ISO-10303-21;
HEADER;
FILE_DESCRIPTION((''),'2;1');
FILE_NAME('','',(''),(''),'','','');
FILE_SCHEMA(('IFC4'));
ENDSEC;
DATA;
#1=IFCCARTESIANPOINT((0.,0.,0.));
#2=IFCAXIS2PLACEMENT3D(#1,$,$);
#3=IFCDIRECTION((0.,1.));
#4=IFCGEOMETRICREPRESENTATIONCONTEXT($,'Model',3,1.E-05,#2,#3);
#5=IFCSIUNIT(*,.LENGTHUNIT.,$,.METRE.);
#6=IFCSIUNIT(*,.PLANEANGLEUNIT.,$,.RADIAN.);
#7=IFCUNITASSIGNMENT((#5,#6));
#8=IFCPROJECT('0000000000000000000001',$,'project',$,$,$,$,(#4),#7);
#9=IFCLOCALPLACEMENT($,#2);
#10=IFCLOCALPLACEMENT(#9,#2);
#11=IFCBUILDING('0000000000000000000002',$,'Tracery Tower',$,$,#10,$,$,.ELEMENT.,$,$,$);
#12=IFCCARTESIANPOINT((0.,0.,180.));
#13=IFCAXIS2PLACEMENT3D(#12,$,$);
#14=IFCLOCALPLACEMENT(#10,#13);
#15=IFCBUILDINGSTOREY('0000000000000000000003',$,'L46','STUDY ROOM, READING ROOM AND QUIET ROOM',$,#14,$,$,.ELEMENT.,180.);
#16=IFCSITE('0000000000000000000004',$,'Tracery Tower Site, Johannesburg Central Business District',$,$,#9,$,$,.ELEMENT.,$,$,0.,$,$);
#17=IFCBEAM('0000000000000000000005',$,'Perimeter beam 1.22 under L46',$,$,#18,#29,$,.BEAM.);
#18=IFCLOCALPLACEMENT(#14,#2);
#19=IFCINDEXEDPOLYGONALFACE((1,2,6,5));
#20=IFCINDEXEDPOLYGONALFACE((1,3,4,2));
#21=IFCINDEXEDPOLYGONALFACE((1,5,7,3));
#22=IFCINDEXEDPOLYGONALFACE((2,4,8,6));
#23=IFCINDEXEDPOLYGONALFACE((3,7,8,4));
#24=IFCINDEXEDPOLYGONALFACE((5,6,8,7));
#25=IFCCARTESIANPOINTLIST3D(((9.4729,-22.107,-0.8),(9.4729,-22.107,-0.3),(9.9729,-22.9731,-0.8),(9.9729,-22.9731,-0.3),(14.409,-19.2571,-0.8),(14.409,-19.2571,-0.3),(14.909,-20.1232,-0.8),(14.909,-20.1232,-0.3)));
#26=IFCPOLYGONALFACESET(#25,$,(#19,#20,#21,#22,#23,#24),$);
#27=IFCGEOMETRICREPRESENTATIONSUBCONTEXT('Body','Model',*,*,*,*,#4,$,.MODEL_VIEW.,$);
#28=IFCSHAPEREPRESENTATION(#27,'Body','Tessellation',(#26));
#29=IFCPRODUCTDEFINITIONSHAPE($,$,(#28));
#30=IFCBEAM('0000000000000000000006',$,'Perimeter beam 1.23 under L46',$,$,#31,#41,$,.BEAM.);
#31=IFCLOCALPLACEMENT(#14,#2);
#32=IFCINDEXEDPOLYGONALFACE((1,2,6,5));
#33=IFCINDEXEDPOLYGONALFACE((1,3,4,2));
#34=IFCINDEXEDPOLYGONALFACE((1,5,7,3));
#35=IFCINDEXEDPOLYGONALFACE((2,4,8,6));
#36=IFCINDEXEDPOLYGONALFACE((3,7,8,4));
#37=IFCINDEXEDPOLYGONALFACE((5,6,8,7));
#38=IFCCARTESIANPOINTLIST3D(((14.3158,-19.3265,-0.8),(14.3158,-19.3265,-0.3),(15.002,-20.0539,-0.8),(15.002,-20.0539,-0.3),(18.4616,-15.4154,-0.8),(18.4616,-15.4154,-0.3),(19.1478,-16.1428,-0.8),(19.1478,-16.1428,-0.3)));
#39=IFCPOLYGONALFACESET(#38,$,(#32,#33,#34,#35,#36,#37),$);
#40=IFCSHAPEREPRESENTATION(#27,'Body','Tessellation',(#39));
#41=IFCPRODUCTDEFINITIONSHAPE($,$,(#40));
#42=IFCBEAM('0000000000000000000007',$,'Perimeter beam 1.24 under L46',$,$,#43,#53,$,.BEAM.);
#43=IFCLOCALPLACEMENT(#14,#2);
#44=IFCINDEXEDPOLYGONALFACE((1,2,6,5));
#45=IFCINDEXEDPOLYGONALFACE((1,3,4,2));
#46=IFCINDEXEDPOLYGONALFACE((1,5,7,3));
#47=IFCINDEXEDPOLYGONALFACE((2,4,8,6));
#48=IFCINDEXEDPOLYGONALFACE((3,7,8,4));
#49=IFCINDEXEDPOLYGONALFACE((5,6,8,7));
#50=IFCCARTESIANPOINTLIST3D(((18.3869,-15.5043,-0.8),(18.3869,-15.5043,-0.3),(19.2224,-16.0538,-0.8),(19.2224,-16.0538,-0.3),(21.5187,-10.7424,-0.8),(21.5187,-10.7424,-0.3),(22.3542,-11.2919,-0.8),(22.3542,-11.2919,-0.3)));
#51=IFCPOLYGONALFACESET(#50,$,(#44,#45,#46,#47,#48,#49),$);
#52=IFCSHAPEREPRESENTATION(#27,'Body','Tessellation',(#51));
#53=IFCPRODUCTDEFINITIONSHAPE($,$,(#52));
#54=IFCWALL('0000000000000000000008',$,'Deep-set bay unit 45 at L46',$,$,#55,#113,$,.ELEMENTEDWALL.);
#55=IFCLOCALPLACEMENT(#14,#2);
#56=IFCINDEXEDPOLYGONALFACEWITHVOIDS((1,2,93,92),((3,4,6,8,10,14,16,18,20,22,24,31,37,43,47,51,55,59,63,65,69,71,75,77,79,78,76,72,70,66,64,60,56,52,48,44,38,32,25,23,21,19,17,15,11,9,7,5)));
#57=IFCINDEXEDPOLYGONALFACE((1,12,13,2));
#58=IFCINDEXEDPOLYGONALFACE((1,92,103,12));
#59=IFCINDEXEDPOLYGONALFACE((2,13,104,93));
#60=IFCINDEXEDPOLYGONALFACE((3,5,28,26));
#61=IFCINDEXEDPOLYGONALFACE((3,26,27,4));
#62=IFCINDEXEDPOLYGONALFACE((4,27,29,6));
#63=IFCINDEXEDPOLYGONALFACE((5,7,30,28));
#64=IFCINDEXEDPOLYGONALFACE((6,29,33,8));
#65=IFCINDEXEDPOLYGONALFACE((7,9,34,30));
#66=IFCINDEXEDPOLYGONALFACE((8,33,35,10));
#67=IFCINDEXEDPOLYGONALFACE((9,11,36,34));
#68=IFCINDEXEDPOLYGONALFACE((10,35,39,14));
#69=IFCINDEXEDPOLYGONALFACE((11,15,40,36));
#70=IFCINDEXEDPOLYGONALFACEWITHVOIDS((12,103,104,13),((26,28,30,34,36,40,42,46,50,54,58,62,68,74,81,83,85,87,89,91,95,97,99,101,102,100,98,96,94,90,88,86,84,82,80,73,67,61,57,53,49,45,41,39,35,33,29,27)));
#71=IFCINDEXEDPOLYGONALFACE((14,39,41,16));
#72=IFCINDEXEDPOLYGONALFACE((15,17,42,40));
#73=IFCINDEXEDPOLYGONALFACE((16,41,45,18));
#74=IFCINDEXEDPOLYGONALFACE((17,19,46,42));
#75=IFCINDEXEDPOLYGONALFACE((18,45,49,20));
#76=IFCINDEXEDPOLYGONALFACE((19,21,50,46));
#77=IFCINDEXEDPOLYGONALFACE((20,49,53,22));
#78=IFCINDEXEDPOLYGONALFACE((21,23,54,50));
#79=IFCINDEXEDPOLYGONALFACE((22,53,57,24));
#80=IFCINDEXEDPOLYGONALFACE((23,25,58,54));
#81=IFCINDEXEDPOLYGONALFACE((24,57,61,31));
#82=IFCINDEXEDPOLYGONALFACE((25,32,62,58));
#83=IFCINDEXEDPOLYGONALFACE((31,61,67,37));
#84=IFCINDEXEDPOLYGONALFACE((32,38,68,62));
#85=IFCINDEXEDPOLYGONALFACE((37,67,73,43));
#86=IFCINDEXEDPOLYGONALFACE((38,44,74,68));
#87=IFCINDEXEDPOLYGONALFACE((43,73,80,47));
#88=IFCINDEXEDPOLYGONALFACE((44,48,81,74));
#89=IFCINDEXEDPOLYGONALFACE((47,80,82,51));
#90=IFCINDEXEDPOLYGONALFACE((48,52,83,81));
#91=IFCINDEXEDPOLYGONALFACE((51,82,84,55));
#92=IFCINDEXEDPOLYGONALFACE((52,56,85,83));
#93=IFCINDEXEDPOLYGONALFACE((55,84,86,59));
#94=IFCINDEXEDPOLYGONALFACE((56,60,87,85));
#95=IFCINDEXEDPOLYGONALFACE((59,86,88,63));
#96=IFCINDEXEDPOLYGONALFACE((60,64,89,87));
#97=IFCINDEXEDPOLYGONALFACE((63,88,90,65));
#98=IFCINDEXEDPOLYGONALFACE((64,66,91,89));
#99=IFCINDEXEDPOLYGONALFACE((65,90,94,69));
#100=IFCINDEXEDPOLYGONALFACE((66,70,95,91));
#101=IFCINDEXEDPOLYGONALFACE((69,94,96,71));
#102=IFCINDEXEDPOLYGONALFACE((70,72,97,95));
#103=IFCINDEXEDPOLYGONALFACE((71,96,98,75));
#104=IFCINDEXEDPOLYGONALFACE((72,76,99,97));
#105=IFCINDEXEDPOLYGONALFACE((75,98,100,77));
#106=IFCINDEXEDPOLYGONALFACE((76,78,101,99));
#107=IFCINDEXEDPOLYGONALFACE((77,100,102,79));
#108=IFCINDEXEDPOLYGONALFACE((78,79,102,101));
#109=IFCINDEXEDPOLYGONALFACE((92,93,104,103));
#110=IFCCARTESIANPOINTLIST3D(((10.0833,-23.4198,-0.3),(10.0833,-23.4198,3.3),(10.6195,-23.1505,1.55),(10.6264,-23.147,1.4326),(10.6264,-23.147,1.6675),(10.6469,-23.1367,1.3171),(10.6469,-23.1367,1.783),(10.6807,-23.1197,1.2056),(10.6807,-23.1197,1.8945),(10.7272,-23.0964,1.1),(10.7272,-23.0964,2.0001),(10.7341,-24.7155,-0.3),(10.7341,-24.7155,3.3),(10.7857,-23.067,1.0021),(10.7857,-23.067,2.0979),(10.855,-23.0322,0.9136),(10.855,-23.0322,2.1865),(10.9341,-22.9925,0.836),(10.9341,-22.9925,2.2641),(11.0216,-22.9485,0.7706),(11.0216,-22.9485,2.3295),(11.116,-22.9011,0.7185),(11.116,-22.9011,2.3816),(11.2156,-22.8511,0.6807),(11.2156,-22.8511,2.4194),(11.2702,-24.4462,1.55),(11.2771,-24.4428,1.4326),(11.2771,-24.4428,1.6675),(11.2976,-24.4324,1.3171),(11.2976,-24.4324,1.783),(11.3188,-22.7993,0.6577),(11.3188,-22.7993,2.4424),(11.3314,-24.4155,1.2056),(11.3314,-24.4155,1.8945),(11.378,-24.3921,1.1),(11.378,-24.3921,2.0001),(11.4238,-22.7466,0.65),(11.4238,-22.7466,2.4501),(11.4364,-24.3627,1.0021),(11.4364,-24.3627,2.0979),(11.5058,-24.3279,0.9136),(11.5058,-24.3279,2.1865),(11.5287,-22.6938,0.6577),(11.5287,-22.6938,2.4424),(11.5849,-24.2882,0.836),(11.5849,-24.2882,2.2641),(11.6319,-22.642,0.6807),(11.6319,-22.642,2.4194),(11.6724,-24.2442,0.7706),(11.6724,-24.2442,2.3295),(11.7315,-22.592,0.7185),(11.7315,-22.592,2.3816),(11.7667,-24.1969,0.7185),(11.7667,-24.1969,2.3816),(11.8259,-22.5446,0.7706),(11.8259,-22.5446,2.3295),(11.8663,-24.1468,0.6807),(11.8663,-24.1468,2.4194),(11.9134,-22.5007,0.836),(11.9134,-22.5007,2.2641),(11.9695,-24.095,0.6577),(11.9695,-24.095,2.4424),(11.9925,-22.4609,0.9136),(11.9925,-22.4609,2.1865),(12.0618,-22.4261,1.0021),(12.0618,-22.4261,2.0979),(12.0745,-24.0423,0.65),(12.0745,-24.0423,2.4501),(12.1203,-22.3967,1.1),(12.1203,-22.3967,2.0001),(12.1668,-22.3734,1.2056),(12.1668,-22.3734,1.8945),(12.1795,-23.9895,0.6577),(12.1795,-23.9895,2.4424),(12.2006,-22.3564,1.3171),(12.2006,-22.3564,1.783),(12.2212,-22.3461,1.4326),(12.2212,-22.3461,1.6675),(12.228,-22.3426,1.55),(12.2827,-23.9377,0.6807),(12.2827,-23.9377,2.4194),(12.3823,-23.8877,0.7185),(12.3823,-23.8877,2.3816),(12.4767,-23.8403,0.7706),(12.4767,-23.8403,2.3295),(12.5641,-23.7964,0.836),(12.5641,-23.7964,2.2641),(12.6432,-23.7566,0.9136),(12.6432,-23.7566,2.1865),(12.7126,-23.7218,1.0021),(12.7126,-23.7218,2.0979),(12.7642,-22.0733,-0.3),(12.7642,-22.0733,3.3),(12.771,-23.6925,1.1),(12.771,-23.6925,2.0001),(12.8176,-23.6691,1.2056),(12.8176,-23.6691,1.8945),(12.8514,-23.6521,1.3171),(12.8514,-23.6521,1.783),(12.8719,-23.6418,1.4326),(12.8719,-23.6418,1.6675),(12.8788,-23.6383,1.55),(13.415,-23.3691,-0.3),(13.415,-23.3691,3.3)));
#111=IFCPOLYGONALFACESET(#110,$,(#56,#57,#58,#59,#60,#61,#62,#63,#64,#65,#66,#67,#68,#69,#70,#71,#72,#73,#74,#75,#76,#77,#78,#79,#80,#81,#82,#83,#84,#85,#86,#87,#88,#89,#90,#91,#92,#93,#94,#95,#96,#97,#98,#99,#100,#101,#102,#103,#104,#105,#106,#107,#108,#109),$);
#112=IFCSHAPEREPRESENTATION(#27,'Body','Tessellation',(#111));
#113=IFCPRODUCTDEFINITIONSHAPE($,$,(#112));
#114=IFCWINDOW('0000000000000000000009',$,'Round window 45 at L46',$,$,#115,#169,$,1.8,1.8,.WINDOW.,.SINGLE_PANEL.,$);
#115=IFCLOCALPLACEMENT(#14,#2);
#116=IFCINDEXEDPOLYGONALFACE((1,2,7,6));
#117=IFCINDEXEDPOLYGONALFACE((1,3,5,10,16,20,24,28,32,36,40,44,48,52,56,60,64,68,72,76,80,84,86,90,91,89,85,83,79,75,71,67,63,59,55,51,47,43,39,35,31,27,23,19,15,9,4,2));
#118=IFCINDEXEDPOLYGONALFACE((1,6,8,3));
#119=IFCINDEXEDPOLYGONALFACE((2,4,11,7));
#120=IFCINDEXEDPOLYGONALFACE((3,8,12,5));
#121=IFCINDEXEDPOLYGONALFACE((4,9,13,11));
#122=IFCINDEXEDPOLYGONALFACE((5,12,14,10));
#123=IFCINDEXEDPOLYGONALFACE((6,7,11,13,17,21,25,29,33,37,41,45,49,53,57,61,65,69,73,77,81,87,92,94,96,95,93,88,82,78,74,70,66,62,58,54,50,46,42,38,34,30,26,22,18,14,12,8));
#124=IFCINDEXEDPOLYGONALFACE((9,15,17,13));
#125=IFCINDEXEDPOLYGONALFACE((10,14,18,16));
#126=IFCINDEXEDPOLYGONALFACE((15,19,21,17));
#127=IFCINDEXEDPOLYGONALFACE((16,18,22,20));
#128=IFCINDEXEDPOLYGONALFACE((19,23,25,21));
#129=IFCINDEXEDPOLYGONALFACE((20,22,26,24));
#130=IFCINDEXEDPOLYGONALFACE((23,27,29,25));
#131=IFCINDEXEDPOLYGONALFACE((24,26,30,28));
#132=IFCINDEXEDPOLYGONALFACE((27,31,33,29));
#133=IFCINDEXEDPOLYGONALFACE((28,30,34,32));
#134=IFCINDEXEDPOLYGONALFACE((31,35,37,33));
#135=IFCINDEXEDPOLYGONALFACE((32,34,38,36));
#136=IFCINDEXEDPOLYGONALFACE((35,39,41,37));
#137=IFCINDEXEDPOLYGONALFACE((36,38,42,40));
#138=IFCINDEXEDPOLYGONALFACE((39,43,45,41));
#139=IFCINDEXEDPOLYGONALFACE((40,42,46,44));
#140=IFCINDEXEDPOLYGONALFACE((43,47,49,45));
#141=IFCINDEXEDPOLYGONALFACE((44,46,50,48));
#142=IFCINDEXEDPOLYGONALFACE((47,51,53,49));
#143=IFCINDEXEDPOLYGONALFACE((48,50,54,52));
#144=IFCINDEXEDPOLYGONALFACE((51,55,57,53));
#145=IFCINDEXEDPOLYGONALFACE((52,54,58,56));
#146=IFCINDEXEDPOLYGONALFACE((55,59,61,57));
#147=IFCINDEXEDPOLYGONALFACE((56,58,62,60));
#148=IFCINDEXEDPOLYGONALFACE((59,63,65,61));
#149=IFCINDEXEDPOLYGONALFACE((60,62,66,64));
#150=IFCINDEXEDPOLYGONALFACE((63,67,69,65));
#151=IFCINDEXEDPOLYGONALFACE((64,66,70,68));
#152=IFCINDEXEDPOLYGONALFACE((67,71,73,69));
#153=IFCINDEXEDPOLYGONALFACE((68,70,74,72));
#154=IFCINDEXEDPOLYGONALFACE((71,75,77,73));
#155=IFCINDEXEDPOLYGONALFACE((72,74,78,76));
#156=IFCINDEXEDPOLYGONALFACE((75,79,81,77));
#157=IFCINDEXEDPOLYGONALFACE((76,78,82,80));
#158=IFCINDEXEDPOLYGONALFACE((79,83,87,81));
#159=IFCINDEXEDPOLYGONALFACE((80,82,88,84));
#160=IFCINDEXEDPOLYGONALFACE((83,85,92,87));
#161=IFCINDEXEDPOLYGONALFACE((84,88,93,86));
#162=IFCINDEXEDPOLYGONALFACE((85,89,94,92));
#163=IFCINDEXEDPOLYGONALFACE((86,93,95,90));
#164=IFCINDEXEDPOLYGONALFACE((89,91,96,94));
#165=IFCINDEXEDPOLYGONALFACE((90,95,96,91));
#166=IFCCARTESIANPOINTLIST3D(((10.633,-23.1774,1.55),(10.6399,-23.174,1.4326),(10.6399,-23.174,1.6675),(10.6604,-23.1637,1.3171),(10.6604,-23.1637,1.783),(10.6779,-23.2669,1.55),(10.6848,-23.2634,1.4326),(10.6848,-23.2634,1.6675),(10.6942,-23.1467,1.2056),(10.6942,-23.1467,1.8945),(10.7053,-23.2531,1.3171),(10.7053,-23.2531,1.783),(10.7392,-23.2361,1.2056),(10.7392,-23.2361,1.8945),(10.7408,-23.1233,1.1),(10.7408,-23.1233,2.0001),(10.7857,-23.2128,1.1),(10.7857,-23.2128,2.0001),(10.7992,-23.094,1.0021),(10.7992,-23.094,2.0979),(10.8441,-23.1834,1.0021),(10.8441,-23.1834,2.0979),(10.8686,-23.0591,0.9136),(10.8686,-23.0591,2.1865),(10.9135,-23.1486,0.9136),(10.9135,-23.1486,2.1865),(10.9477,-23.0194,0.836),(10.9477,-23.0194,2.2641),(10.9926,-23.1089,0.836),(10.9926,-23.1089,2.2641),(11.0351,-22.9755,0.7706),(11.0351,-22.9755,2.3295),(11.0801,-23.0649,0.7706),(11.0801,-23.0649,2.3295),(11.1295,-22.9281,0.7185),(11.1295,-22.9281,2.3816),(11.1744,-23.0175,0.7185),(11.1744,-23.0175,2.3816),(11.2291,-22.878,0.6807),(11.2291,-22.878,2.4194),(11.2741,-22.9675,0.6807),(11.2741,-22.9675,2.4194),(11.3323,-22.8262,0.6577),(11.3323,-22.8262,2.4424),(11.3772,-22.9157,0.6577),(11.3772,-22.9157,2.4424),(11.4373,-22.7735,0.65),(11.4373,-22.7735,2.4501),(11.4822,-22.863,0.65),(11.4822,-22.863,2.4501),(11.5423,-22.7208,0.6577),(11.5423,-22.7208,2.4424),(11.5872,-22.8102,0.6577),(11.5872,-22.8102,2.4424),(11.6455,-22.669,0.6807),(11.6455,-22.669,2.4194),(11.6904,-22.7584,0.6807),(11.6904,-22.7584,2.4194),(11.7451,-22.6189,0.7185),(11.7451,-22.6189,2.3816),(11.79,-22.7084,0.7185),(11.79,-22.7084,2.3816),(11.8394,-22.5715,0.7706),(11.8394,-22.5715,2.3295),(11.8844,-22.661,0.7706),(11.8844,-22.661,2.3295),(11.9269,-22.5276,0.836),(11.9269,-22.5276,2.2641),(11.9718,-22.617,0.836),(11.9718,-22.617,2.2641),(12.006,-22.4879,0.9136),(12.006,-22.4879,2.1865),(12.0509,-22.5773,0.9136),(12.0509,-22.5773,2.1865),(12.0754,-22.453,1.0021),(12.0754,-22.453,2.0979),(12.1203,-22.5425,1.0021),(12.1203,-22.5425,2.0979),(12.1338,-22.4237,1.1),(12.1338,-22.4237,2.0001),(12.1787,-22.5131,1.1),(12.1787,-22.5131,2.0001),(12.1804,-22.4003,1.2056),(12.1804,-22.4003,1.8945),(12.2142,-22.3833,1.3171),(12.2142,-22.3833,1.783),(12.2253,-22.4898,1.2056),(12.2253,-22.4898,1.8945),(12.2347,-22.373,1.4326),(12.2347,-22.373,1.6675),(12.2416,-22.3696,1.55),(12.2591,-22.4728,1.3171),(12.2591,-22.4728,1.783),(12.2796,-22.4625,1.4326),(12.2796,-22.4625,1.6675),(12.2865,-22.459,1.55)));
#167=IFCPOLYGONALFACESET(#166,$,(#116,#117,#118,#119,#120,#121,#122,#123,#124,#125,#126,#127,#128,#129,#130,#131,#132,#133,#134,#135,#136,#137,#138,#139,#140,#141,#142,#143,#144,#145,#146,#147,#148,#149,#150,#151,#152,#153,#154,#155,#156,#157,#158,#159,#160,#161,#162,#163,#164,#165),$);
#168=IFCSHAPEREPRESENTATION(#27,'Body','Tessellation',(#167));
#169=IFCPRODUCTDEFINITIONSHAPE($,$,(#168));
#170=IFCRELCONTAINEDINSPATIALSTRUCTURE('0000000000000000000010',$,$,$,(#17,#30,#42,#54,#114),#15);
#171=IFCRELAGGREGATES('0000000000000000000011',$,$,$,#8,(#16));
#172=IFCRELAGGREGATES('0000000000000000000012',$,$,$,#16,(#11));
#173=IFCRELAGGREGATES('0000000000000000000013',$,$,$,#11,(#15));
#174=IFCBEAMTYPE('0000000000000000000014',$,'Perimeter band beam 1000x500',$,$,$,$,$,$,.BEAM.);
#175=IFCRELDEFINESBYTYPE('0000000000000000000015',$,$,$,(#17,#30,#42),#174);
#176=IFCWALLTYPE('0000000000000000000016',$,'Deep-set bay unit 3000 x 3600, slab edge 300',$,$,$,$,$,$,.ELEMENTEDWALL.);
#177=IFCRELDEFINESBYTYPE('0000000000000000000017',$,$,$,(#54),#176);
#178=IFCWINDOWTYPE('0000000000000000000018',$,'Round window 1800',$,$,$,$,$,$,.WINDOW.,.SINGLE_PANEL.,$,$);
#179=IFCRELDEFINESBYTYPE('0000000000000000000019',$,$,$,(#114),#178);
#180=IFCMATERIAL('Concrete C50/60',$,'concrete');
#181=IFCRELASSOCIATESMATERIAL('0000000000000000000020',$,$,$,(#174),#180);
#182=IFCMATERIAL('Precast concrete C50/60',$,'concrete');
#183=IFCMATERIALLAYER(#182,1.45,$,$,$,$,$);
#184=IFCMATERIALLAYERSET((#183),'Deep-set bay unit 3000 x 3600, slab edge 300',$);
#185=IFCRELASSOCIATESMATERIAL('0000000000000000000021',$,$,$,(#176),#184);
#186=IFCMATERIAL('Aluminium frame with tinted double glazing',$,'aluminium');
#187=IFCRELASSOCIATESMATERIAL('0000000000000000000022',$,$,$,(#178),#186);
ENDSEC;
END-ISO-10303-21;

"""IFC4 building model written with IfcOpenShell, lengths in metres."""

from ifc_helpers import new_model, si_unit, direction, frame, frame_2d, origin, origin_2d, place, context, subcontext, project, spatial, rectangle, circle, extrude, material, layer, layer_set, material_profile, profile_set, type_object, element, fill, save


model = new_model("IFC4")

# Units and contexts
model_context = context("Model", 3, precision=1e-05, world=origin(), true_north=direction((0.0, 1.0)))
body_context = subcontext(model_context, "Body", "Model", "MODEL_VIEW")
ifc_project = project(units=[si_unit("LENGTHUNIT", "METRE"), si_unit("PLANEANGLEUNIT", "RADIAN")], contexts=[model_context])

# Site, building, storey
site_placement = place(None, origin())
site = spatial("IfcSite", under=ifc_project, at=site_placement, Name="Tracery Tower Site, Johannesburg Central Business District", CompositionType="ELEMENT", RefElevation=0.0)
building_placement = place(site_placement, origin())
building = spatial("IfcBuilding", under=site, at=building_placement, Name="Tracery Tower", CompositionType="ELEMENT")
storey_placement = place(building_placement, frame((0.0, 0.0, 180.0)))
storey = spatial("IfcBuildingStorey", under=building, at=storey_placement, Name="L46", Description="STUDY ROOM, READING ROOM AND QUIET ROOM", CompositionType="ELEMENT", Elevation=180.0)

# Beams
ifc_material_1 = material(Name="Concrete C50/60", Category="concrete")
ifc_material_profile_1 = material_profile(ifc_material_1, rectangle(XDim=1.0, YDim=0.5, at=origin_2d()), Name="RC 1000x500")
ifc_profile_set_1 = profile_set([ifc_material_profile_1], Name="Concrete C50/60")
beam_type = type_object("IfcBeamType", Name="Perimeter band beam 1000x500", PredefinedType="BEAM", material=ifc_profile_set_1)
beam_placement = place(storey_placement, frame((9.7229, -22.54, -0.55), z_axis=(0.866023, 0.500004, 0.0), x_axis=(-0.500004, 0.866023, 0.0)))
element("IfcBeam", 1, at=beam_placement, inside=storey, type_object=beam_type, Name="Perimeter beam 1.22 under L46", PredefinedType="BEAM", context=body_context, shape_type="SweptSolid", body=[
    extrude(rectangle(XDim=1.0, YDim=0.5, at=origin_2d()), origin(), (0.0, 0.0, 1.0), 5.6997),
])
for number, where, z_axis, x_axis, name in (
    (2, (14.6589, -19.6902, -0.55), (0.72739, 0.686225, 0.0), (-0.686225, 0.72739, 0.0), "Perimeter beam 1.23 under L46"),
    (3, (18.8047, -15.7791, -0.55), (0.54949, 0.8355, 0.0), (-0.8355, 0.54949, 0.0), "Perimeter beam 1.24 under L46"),
):
    element("IfcBeam", number, at=place(storey_placement, frame(where, z_axis=z_axis, x_axis=x_axis)), inside=storey, type_object=beam_type, Name=name, PredefinedType="BEAM", context=body_context, shape_type="SweptSolid", body=[
        extrude(rectangle(XDim=1.0, YDim=0.5, at=origin_2d()), origin(), (0.0, 0.0, 1.0), 5.6995),
    ])

# Wall, opening, window
ifc_material_2 = material(Name="Precast concrete C50/60", Category="concrete")
ifc_layer_1 = layer(ifc_material_2, 1.45)
ifc_layer_set_1 = layer_set([ifc_layer_1], Name="Deep-set bay unit 3000 x 3600, slab edge 300")
wall_type_1 = type_object("IfcWallType", Name="Deep-set bay unit 3000 x 3600, slab edge 300", PredefinedType="ELEMENTEDWALL", material=ifc_layer_set_1)
wall_1_placement = place(storey_placement, frame((10.4087, -24.0676, -0.3), z_axis=(0.0, 0.0, 1.0), x_axis=(0.893628, 0.448808, 0.0)))
wall_1 = element("IfcWall", 4, at=wall_1_placement, inside=storey, type_object=wall_type_1, Name="Deep-set bay unit 45 at L46", PredefinedType="ELEMENTEDWALL", context=body_context, shape_type="SweptSolid", body=[
    extrude(rectangle(XDim=3.0, YDim=1.45, at=frame_2d((1.5, 0.0))), origin(), (0.0, 0.0, 1.0), 3.6001),
])
opening_1_placement = place(wall_1_placement, frame((1.5, 0.0, 1.8501)))
opening_1 = element("IfcOpeningElement", 5, at=opening_1_placement, cuts=wall_1, PredefinedType="OPENING", context=body_context, shape_type="SweptSolid", body=[
    extrude(circle(Radius=0.9, at=origin_2d()), frame((0.0, 0.7349, 0.0), z_axis=(0.0, -1.0, 0.0), x_axis=(1.0, 0.0, 0.0)), (0.0, 0.0, 1.0), 1.47),
])
ifc_material_3 = material(Name="Aluminium frame with tinted double glazing", Category="aluminium")
window_type = type_object("IfcWindowType", Name="Round window 1800", PartitioningType="SINGLE_PANEL", PredefinedType="WINDOW", material=ifc_material_3)
window_1_placement = place(opening_1_placement, origin())
window_1 = element("IfcWindow", 6, at=window_1_placement, inside=storey, type_object=window_type, Name="Round window 45 at L46", OverallHeight=1.8, OverallWidth=1.8, PartitioningType="SINGLE_PANEL", PredefinedType="WINDOW", context=body_context, shape_type="SweptSolid", body=[
    extrude(circle(Radius=0.9, at=origin_2d()), frame((0.0, 0.6948, 0.0), z_axis=(0.0, -1.0, 0.0), x_axis=(1.0, 0.0, 0.0)), (0.0, 0.0, 1.0), 0.1001),
])
fill(opening_1, window_1)

save(model, "model.ifc")
